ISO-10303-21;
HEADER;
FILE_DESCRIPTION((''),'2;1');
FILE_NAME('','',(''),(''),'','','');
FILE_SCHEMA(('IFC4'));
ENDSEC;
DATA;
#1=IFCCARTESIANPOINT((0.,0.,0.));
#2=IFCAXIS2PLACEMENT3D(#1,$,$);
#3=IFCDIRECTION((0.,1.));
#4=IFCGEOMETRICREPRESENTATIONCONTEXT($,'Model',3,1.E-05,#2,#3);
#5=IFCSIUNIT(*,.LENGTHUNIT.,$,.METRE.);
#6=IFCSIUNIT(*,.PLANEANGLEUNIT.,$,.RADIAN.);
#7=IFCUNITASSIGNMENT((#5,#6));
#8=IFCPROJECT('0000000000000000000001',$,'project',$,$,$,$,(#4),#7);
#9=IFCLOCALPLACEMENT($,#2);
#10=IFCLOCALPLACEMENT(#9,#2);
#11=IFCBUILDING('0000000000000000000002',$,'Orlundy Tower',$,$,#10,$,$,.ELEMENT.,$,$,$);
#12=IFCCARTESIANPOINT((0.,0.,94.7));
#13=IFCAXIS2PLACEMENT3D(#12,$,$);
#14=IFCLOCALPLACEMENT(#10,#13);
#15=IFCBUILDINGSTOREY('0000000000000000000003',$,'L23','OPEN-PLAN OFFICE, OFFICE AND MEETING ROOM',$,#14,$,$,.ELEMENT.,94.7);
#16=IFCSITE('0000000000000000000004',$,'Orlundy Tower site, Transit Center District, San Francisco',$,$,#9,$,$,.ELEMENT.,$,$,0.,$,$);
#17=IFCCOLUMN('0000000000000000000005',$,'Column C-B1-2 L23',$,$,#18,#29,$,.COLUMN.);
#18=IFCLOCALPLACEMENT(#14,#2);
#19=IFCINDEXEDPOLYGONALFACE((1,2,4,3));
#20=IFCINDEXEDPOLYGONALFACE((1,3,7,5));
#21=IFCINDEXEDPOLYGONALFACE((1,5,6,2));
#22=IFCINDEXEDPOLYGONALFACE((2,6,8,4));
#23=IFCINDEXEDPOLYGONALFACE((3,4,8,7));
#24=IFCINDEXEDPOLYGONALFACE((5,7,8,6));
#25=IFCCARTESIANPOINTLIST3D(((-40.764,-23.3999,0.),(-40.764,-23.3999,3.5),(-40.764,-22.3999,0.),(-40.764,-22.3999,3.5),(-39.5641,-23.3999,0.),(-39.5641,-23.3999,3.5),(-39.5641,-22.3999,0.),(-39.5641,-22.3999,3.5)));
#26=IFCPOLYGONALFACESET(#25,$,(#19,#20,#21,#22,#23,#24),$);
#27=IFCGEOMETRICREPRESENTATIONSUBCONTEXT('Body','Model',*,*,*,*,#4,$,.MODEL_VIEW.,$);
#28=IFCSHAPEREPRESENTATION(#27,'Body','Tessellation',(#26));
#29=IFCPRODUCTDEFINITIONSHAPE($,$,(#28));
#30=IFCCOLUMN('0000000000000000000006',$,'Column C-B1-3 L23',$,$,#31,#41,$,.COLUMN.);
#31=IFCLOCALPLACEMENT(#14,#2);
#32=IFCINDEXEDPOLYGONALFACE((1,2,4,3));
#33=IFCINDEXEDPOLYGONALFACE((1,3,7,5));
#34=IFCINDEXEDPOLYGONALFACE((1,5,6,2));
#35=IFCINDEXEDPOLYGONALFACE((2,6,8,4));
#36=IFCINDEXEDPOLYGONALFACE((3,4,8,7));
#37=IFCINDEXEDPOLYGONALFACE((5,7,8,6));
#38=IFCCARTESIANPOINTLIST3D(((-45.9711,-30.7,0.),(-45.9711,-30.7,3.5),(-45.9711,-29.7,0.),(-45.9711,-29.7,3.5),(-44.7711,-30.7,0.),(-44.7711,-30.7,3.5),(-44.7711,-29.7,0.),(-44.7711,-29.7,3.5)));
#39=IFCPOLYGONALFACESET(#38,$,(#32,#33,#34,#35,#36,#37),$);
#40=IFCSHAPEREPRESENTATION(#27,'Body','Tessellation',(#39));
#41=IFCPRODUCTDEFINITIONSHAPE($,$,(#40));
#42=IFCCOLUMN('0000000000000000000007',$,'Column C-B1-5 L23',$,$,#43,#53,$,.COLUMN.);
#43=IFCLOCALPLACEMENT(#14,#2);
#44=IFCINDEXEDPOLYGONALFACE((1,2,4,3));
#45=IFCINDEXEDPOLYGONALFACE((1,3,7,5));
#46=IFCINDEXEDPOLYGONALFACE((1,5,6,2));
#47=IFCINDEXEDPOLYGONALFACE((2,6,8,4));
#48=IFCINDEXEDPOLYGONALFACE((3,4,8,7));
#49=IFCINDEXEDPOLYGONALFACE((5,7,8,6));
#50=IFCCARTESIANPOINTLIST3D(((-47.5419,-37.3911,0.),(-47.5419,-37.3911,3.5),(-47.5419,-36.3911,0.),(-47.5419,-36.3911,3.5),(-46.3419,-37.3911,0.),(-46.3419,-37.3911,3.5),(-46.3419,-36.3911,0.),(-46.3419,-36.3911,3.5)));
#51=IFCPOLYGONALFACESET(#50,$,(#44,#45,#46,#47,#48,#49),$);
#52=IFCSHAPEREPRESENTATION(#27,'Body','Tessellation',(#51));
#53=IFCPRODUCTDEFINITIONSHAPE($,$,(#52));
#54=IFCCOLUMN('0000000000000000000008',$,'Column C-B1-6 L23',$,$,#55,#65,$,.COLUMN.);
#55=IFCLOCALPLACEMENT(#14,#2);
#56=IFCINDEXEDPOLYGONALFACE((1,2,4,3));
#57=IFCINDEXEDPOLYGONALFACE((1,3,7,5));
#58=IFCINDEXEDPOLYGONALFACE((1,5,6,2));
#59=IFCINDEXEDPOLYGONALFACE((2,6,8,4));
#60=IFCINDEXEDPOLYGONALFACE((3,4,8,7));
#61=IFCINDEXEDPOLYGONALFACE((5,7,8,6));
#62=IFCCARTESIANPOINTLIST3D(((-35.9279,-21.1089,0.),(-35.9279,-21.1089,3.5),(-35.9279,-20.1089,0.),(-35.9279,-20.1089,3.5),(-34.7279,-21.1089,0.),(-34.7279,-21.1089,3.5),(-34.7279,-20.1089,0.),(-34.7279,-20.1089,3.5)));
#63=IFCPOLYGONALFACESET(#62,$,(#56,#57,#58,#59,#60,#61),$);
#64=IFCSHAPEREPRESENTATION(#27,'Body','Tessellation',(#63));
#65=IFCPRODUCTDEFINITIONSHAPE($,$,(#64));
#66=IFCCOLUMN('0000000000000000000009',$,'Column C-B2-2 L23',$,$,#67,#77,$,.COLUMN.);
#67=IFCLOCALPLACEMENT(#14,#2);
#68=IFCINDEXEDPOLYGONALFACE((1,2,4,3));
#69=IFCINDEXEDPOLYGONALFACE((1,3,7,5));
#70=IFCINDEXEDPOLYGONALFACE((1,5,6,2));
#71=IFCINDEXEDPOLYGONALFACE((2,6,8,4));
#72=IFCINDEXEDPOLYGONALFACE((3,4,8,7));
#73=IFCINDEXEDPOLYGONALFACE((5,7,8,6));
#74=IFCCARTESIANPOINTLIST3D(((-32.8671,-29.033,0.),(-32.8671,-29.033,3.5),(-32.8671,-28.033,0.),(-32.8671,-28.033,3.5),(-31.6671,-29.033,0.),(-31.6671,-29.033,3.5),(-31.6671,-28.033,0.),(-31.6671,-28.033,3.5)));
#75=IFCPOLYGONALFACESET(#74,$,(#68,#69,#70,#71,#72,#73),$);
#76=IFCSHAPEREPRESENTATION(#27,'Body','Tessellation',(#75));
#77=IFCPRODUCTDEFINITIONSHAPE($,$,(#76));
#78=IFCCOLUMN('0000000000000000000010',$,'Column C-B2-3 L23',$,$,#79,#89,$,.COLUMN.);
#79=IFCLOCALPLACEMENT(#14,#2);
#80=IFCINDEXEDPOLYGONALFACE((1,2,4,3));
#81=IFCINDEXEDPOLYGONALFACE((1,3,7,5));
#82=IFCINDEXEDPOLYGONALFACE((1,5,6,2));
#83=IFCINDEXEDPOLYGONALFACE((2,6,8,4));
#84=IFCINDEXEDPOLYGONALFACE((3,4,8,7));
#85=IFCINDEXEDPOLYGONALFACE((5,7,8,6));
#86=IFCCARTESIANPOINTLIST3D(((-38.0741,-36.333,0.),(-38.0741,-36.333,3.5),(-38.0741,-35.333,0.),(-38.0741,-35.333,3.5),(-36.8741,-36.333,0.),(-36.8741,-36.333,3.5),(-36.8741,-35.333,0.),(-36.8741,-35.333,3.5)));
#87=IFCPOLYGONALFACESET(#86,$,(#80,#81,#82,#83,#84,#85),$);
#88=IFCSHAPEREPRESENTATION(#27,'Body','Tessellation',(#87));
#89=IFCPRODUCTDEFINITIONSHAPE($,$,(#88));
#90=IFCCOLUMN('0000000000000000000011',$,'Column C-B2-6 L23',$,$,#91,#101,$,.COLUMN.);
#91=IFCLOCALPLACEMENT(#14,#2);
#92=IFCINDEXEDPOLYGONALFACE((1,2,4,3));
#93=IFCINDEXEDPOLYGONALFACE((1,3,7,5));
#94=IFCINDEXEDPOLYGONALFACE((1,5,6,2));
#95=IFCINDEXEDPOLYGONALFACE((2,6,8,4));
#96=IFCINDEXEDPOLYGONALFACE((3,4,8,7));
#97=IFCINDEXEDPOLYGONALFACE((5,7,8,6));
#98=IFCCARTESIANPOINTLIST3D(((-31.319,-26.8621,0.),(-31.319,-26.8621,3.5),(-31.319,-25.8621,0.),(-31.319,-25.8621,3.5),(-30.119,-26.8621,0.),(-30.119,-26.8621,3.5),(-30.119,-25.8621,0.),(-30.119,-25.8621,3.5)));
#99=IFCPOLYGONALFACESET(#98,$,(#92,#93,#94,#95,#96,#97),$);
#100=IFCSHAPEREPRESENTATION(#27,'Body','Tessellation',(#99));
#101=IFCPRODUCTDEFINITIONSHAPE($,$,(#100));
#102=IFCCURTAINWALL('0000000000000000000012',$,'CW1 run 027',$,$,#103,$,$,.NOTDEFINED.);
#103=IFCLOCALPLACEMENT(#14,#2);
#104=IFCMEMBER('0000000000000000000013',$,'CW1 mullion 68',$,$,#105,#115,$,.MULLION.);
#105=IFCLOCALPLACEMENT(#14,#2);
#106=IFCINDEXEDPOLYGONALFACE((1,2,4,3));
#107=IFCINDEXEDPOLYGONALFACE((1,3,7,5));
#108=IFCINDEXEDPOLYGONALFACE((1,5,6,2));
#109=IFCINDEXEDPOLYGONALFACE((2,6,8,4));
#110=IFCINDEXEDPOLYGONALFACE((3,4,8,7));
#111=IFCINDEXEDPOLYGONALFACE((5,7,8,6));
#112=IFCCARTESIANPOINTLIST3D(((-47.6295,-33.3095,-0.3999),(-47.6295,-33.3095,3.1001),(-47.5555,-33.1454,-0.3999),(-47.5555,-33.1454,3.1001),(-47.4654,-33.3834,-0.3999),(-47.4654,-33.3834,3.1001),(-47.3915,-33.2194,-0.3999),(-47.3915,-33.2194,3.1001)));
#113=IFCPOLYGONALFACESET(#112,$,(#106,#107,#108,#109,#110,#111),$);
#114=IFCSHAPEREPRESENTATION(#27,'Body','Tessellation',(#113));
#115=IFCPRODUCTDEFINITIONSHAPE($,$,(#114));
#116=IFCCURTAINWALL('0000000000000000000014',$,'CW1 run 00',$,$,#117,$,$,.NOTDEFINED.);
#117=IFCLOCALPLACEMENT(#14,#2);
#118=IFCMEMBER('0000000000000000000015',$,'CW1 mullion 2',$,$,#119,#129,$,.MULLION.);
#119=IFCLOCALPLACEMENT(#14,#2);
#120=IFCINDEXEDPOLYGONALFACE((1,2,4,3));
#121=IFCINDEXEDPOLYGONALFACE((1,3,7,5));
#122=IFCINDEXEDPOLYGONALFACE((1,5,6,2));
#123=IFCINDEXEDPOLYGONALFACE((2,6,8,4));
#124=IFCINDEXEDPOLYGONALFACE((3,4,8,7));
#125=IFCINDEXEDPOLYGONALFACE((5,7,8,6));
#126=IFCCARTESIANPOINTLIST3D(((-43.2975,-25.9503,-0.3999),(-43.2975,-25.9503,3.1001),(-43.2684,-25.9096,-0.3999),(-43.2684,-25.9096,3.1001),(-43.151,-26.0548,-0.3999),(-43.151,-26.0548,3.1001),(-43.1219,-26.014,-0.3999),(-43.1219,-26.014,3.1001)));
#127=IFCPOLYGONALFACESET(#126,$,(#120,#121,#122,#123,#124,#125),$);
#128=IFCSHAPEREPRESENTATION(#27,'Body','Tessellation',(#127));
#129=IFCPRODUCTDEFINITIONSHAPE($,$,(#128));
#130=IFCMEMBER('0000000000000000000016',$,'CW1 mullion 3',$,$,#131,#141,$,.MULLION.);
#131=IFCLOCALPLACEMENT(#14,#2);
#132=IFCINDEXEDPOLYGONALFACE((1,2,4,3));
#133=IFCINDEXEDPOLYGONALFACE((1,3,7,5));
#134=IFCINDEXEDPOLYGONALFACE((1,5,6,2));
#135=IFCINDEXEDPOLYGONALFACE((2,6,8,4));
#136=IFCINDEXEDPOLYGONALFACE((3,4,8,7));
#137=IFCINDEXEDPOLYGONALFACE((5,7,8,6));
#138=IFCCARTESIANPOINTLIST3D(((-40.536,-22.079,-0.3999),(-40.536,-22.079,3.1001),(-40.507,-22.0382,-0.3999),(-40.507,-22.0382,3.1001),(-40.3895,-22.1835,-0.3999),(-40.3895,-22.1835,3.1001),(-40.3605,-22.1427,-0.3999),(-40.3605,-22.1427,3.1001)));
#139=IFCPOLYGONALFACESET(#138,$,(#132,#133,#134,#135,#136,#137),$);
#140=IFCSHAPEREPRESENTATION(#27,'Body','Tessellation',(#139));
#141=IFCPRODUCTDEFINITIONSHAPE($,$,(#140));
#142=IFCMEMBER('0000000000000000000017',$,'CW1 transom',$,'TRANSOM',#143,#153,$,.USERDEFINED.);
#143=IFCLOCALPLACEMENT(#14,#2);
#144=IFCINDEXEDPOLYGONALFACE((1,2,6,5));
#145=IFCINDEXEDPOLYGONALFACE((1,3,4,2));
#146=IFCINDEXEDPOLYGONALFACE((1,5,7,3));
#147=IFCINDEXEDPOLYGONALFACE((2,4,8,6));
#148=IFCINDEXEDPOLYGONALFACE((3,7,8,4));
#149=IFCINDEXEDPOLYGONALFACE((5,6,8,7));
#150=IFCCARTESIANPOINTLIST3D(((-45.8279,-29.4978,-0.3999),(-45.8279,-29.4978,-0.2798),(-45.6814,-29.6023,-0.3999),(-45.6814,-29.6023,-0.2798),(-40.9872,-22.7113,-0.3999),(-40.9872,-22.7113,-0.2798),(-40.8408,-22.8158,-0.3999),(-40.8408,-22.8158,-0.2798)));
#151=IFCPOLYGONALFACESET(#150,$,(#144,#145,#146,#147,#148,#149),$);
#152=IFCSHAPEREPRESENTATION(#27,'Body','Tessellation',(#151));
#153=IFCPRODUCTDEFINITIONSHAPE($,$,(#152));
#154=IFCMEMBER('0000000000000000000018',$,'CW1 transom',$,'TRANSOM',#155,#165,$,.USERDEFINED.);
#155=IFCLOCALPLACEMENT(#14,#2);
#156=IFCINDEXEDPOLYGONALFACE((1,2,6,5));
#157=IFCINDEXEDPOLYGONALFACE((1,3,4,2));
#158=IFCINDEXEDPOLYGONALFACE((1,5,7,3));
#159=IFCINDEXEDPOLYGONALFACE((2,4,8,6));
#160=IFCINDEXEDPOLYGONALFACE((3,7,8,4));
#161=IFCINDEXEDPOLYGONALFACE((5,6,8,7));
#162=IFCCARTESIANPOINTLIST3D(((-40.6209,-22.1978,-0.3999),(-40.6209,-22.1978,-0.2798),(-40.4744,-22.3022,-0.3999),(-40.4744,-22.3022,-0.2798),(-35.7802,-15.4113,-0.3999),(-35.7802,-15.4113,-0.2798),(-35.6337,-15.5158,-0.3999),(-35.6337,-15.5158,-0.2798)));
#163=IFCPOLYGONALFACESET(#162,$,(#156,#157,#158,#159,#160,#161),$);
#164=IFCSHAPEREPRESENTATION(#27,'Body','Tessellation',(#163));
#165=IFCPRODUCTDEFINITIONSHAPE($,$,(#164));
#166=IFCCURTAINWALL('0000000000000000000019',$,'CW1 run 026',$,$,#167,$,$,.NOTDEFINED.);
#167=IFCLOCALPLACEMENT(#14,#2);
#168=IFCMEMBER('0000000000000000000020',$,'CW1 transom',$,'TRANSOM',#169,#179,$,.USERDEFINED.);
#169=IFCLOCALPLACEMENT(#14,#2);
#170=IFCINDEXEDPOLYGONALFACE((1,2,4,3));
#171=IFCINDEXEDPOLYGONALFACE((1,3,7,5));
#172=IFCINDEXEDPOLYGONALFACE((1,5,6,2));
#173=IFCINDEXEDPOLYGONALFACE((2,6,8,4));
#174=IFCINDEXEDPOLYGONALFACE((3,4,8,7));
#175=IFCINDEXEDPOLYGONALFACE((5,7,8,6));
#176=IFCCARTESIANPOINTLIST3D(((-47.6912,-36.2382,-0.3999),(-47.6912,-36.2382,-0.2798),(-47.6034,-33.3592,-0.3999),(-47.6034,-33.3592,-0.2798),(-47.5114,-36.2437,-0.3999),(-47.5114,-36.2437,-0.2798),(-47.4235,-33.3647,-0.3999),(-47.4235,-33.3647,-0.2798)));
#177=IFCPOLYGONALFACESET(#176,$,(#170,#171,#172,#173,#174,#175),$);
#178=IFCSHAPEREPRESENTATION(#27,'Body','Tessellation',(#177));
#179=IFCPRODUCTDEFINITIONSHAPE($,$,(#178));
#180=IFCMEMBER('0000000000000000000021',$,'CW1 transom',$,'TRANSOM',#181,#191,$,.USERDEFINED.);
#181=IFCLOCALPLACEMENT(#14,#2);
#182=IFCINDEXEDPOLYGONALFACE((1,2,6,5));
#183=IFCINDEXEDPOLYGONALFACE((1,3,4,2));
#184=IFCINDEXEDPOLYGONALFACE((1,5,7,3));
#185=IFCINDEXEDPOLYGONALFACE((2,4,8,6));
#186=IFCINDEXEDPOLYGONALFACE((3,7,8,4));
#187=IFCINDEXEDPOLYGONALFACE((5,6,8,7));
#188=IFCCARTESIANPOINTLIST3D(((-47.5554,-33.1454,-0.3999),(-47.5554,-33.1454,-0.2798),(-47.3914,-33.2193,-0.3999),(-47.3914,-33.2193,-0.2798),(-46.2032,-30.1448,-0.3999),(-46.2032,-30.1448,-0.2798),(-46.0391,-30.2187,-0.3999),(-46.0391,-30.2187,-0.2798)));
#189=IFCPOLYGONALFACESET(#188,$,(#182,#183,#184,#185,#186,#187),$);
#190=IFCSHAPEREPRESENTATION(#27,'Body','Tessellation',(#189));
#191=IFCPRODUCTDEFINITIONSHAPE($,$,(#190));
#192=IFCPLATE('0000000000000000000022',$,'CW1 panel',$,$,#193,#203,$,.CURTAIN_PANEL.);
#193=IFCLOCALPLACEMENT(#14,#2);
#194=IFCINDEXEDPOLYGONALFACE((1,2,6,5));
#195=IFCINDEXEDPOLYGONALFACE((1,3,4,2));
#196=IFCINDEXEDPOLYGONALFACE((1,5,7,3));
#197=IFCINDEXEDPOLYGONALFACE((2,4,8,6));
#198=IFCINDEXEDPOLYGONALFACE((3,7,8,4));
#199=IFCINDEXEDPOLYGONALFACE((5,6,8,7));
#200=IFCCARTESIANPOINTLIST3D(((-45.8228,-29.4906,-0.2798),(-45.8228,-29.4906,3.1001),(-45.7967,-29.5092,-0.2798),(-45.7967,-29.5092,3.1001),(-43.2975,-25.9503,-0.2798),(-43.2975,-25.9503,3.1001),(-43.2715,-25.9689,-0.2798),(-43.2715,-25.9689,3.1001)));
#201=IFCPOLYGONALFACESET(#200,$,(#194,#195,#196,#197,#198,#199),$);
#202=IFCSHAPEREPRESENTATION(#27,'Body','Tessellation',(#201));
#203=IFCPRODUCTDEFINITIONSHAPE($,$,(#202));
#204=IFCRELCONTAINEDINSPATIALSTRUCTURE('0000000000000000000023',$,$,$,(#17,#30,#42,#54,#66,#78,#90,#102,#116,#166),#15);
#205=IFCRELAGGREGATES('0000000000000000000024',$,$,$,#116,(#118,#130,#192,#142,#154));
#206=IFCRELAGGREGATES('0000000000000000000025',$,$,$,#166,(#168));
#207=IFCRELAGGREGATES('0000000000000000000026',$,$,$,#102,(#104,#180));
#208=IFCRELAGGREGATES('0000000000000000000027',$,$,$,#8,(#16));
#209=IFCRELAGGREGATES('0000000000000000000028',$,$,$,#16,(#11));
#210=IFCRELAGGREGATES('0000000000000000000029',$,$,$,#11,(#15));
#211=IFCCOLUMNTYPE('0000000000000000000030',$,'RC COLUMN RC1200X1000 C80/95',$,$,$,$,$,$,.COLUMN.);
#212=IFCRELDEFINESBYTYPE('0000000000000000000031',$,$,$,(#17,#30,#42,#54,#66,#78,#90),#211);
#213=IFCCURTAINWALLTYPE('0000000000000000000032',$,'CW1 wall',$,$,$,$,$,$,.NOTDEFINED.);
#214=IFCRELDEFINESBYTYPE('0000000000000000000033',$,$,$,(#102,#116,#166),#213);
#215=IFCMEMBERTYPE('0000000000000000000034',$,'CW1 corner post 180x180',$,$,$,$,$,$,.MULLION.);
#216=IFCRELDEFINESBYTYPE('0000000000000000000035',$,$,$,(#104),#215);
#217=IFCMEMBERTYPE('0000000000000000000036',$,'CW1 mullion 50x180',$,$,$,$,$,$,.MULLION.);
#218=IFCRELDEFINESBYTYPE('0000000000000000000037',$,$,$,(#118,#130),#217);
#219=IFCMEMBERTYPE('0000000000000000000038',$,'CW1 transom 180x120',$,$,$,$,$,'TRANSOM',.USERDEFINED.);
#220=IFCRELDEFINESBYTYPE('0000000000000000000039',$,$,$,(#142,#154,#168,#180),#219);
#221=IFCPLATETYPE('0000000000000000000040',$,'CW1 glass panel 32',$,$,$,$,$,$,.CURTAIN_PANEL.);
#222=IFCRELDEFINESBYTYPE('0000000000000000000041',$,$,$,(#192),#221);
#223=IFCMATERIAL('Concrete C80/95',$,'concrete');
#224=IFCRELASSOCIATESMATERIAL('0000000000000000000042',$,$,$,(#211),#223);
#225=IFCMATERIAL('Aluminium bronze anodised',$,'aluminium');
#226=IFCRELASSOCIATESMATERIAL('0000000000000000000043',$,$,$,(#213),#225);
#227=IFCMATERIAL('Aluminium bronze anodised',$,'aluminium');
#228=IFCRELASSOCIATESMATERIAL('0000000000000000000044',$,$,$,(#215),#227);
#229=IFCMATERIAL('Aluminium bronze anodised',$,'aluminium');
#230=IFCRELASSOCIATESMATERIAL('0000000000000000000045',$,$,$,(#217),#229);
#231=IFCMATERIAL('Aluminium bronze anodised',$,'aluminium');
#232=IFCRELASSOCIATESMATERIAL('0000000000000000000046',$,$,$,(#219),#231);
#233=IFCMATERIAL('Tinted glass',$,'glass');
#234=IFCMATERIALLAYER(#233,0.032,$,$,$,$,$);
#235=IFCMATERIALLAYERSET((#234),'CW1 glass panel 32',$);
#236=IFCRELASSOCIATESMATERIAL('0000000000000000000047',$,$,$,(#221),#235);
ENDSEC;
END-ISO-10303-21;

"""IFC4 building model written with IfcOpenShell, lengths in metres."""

from ifc_helpers import new_model, si_unit, direction, frame, origin, origin_2d, place, context, subcontext, project, spatial, rectangle, extrude, material, layer, layer_set, material_profile, profile_set, type_object, element, aggregate, save


model = new_model("IFC4")

# Units and contexts
model_context = context("Model", 3, precision=1e-05, world=origin(), true_north=direction((0.0, 1.0)))
body_context = subcontext(model_context, "Body", "Model", "MODEL_VIEW")
ifc_project = project(units=[si_unit("LENGTHUNIT", "METRE"), si_unit("PLANEANGLEUNIT", "RADIAN")], contexts=[model_context])

# Site, building, storey
site_placement = place(None, origin())
site = spatial("IfcSite", under=ifc_project, at=site_placement, Name="Orlundy Tower site, Transit Center District, San Francisco", CompositionType="ELEMENT", RefElevation=0.0)
building_placement = place(site_placement, origin())
building = spatial("IfcBuilding", under=site, at=building_placement, Name="Orlundy Tower", CompositionType="ELEMENT")
storey_placement = place(building_placement, frame((0.0, 0.0, 94.7)))
storey = spatial("IfcBuildingStorey", under=building, at=storey_placement, Name="L23", Description="OPEN-PLAN OFFICE, OFFICE AND MEETING ROOM", CompositionType="ELEMENT", Elevation=94.7)

# Columns
ifc_material_1 = material(Name="Concrete C80/95", Category="concrete")
ifc_material_profile_1 = material_profile(ifc_material_1, rectangle(XDim=1.2, YDim=1.0, at=origin_2d()), Name="RC1200X1000")
ifc_profile_set_1 = profile_set([ifc_material_profile_1], Name="Concrete C80/95")
column_type = type_object("IfcColumnType", Name="RC COLUMN RC1200X1000 C80/95", PredefinedType="COLUMN", material=ifc_profile_set_1)
for number, where, z_axis, x_axis, name in (
    (1, (-40.1641, -22.8999, 0.0), (0.0, 0.0, 1.0), (1.0, 0.0, 0.0), "Column C-B1-2 L23"),
    (2, (-45.3711, -30.2, 0.0), (0.0, 0.0, 1.0), (1.0, 0.0, 0.0), "Column C-B1-3 L23"),
    (3, (-46.9419, -36.8911, 0.0), (0.0, 0.0, 1.0), (1.0, 0.0, 0.0), "Column C-B1-5 L23"),
    (4, (-35.3279, -20.6089, 0.0), (0.0, 0.0, 1.0), (1.0, 0.0, 0.0), "Column C-B1-6 L23"),
    (5, (-32.2671, -28.533, 0.0), (0.0, 0.0, 1.0), (1.0, 0.0, 0.0), "Column C-B2-2 L23"),
    (6, (-37.4741, -35.833, 0.0), (0.0, 0.0, 1.0), (1.0, 0.0, 0.0), "Column C-B2-3 L23"),
    (7, (-30.719, -26.3621, 0.0), (0.0, 0.0, 1.0), (1.0, 0.0, 0.0), "Column C-B2-6 L23"),
):
    element("IfcColumn", number, at=place(storey_placement, frame(where, z_axis=z_axis, x_axis=x_axis)), inside=storey, type_object=column_type, Name=name, PredefinedType="COLUMN", context=body_context, shape_type="SweptSolid", body=[
        extrude(rectangle(XDim=1.2, YDim=1.0, at=origin_2d()), origin(), (0.0, 0.0, 1.0), 3.5),
    ])

# Curtain wall, member
ifc_material_2 = material(Name="Aluminium bronze anodised", Category="aluminium")
curtain_wall_type = type_object("IfcCurtainWallType", Name="CW1 wall", PredefinedType="NOTDEFINED", material=ifc_material_2)
curtain_wall_1_placement = place(storey_placement, origin())
curtain_wall_1 = element("IfcCurtainWall", 8, at=curtain_wall_1_placement, inside=storey, type_object=curtain_wall_type, Name="CW1 run 027", PredefinedType="NOTDEFINED")
ifc_material_3 = material(Name="Aluminium bronze anodised", Category="aluminium")
ifc_material_profile_2 = material_profile(ifc_material_3, rectangle(XDim=0.1799, YDim=0.1799, at=origin_2d()), Name="CW1 corner post 180x180")
ifc_profile_set_2 = profile_set([ifc_material_profile_2], Name="Aluminium bronze anodised")
member_type_1 = type_object("IfcMemberType", Name="CW1 corner post 180x180", PredefinedType="MULLION", material=ifc_profile_set_2)
member_1_placement = place(storey_placement, frame((-47.5105, -33.2644, -0.3999), z_axis=(0.0, 0.0, 1.0), x_axis=(-0.911674, 0.410914, 0.0)))
member_1 = element("IfcMember", 9, at=member_1_placement, type_object=member_type_1, Name="CW1 mullion 68", PredefinedType="MULLION", context=body_context, shape_type="SweptSolid", body=[
    extrude(rectangle(XDim=0.1799, YDim=0.1799, at=origin_2d()), origin(), (0.0, 0.0, 1.0), 3.5),
])

# Curtain wall, members
curtain_wall_2_placement = place(storey_placement, origin())
curtain_wall_2 = element("IfcCurtainWall", 10, at=curtain_wall_2_placement, inside=storey, type_object=curtain_wall_type, Name="CW1 run 00", PredefinedType="NOTDEFINED")
ifc_material_4 = material(Name="Aluminium bronze anodised", Category="aluminium")
ifc_material_profile_3 = material_profile(ifc_material_4, rectangle(XDim=0.1799, YDim=0.05, at=origin_2d()), Name="CW1 mullion 50x180")
ifc_profile_set_3 = profile_set([ifc_material_profile_3], Name="Aluminium bronze anodised")
member_type_2 = type_object("IfcMemberType", Name="CW1 mullion 50x180", PredefinedType="MULLION", material=ifc_profile_set_3)
member_2_placement = place(storey_placement, frame((-43.2097, -25.9822, -0.3999), z_axis=(0.0, 0.0, 1.0), x_axis=(-0.814117, 0.580701, 0.0)))
member_2 = element("IfcMember", 11, at=member_2_placement, type_object=member_type_2, Name="CW1 mullion 2", PredefinedType="MULLION", context=body_context, shape_type="SweptSolid", body=[
    extrude(rectangle(XDim=0.1799, YDim=0.05, at=origin_2d()), origin(), (0.0, 0.0, 1.0), 3.5),
])
member_3_placement = place(storey_placement, frame((-40.4482, -22.1108, -0.3999), z_axis=(0.0, 0.0, 1.0), x_axis=(-0.814117, 0.580701, 0.0)))
member_3 = element("IfcMember", 12, at=member_3_placement, type_object=member_type_2, Name="CW1 mullion 3", PredefinedType="MULLION", context=body_context, shape_type="SweptSolid", body=[
    extrude(rectangle(XDim=0.1799, YDim=0.05, at=origin_2d()), origin(), (0.0, 0.0, 1.0), 3.5),
])
ifc_material_5 = material(Name="Aluminium bronze anodised", Category="aluminium")
ifc_material_profile_4 = material_profile(ifc_material_5, rectangle(XDim=0.1799, YDim=0.1201, at=origin_2d()), Name="CW1 transom 180x120")
ifc_profile_set_4 = profile_set([ifc_material_profile_4], Name="Aluminium bronze anodised")
member_type_3 = type_object("IfcMemberType", Name="CW1 transom 180x120", ElementType="TRANSOM", PredefinedType="USERDEFINED", material=ifc_profile_set_4)
member_4_placement = place(storey_placement, frame((-45.7546, -29.55, -0.3398), z_axis=(0.580695, 0.814121, 0.0), x_axis=(-0.814121, 0.580695, 0.0)))
member_4 = element("IfcMember", 13, at=member_4_placement, type_object=member_type_3, Name="CW1 transom", ObjectType="TRANSOM", PredefinedType="USERDEFINED", context=body_context, shape_type="SweptSolid", body=[
    extrude(rectangle(XDim=0.1799, YDim=0.1201, at=origin_2d()), origin(), (0.0, 0.0, 1.0), 8.3359),
])
member_5_placement = place(storey_placement, frame((-40.5476, -22.25, -0.3398), z_axis=(0.580695, 0.814121, 0.0), x_axis=(-0.814121, 0.580695, 0.0)))
member_5 = element("IfcMember", 14, at=member_5_placement, type_object=member_type_3, Name="CW1 transom", ObjectType="TRANSOM", PredefinedType="USERDEFINED", context=body_context, shape_type="SweptSolid", body=[
    extrude(rectangle(XDim=0.1799, YDim=0.1201, at=origin_2d()), origin(), (0.0, 0.0, 1.0), 8.3359),
])

# Curtain wall, member
curtain_wall_3_placement = place(storey_placement, origin())
curtain_wall_3 = element("IfcCurtainWall", 15, at=curtain_wall_3_placement, inside=storey, type_object=curtain_wall_type, Name="CW1 run 026", PredefinedType="NOTDEFINED")
member_6_placement = place(storey_placement, frame((-47.6013, -36.241, -0.3398), z_axis=(0.030512, 0.999534, 0.0), x_axis=(-0.999534, 0.030512, 0.0)))
member_6 = element("IfcMember", 16, at=member_6_placement, type_object=member_type_3, Name="CW1 transom", ObjectType="TRANSOM", PredefinedType="USERDEFINED", context=body_context, shape_type="SweptSolid", body=[
    extrude(rectangle(XDim=0.1799, YDim=0.1201, at=origin_2d()), origin(), (0.0, 0.0, 1.0), 2.8804),
])

# Member
member_7_placement = place(storey_placement, frame((-47.4734, -33.1824, -0.3398), z_axis=(0.410861, 0.911698, 0.0), x_axis=(-0.911698, 0.410861, 0.0)))
member_7 = element("IfcMember", 17, at=member_7_placement, type_object=member_type_3, Name="CW1 transom", ObjectType="TRANSOM", PredefinedType="USERDEFINED", context=body_context, shape_type="SweptSolid", body=[
    extrude(rectangle(XDim=0.1799, YDim=0.1201, at=origin_2d()), origin(), (0.0, 0.0, 1.0), 3.2913),
])

# Plate
ifc_material_6 = material(Name="Tinted glass", Category="glass")
ifc_layer_1 = layer(ifc_material_6, 0.032)
ifc_layer_set_1 = layer_set([ifc_layer_1], Name="CW1 glass panel 32")
plate_type = type_object("IfcPlateType", Name="CW1 glass panel 32", PredefinedType="CURTAIN_PANEL", material=ifc_layer_set_1)
plate_1_placement = place(storey_placement, frame((-44.5471, -27.7297, -0.2798), z_axis=(0.0, 0.0, 1.0), x_axis=(0.580701, 0.814117, 0.0)))
plate_1 = element("IfcPlate", 18, at=plate_1_placement, type_object=plate_type, Name="CW1 panel", PredefinedType="CURTAIN_PANEL", context=body_context, shape_type="SweptSolid", body=[
    extrude(rectangle(XDim=4.3486, YDim=0.032, at=origin_2d()), origin(), (0.0, 0.0, 1.0), 3.3799),
])
aggregate(curtain_wall_2, [member_2, member_3, plate_1, member_4, member_5])

aggregate(curtain_wall_3, [member_6])
aggregate(curtain_wall_1, [member_1, member_7])

save(model, "model.ifc")
